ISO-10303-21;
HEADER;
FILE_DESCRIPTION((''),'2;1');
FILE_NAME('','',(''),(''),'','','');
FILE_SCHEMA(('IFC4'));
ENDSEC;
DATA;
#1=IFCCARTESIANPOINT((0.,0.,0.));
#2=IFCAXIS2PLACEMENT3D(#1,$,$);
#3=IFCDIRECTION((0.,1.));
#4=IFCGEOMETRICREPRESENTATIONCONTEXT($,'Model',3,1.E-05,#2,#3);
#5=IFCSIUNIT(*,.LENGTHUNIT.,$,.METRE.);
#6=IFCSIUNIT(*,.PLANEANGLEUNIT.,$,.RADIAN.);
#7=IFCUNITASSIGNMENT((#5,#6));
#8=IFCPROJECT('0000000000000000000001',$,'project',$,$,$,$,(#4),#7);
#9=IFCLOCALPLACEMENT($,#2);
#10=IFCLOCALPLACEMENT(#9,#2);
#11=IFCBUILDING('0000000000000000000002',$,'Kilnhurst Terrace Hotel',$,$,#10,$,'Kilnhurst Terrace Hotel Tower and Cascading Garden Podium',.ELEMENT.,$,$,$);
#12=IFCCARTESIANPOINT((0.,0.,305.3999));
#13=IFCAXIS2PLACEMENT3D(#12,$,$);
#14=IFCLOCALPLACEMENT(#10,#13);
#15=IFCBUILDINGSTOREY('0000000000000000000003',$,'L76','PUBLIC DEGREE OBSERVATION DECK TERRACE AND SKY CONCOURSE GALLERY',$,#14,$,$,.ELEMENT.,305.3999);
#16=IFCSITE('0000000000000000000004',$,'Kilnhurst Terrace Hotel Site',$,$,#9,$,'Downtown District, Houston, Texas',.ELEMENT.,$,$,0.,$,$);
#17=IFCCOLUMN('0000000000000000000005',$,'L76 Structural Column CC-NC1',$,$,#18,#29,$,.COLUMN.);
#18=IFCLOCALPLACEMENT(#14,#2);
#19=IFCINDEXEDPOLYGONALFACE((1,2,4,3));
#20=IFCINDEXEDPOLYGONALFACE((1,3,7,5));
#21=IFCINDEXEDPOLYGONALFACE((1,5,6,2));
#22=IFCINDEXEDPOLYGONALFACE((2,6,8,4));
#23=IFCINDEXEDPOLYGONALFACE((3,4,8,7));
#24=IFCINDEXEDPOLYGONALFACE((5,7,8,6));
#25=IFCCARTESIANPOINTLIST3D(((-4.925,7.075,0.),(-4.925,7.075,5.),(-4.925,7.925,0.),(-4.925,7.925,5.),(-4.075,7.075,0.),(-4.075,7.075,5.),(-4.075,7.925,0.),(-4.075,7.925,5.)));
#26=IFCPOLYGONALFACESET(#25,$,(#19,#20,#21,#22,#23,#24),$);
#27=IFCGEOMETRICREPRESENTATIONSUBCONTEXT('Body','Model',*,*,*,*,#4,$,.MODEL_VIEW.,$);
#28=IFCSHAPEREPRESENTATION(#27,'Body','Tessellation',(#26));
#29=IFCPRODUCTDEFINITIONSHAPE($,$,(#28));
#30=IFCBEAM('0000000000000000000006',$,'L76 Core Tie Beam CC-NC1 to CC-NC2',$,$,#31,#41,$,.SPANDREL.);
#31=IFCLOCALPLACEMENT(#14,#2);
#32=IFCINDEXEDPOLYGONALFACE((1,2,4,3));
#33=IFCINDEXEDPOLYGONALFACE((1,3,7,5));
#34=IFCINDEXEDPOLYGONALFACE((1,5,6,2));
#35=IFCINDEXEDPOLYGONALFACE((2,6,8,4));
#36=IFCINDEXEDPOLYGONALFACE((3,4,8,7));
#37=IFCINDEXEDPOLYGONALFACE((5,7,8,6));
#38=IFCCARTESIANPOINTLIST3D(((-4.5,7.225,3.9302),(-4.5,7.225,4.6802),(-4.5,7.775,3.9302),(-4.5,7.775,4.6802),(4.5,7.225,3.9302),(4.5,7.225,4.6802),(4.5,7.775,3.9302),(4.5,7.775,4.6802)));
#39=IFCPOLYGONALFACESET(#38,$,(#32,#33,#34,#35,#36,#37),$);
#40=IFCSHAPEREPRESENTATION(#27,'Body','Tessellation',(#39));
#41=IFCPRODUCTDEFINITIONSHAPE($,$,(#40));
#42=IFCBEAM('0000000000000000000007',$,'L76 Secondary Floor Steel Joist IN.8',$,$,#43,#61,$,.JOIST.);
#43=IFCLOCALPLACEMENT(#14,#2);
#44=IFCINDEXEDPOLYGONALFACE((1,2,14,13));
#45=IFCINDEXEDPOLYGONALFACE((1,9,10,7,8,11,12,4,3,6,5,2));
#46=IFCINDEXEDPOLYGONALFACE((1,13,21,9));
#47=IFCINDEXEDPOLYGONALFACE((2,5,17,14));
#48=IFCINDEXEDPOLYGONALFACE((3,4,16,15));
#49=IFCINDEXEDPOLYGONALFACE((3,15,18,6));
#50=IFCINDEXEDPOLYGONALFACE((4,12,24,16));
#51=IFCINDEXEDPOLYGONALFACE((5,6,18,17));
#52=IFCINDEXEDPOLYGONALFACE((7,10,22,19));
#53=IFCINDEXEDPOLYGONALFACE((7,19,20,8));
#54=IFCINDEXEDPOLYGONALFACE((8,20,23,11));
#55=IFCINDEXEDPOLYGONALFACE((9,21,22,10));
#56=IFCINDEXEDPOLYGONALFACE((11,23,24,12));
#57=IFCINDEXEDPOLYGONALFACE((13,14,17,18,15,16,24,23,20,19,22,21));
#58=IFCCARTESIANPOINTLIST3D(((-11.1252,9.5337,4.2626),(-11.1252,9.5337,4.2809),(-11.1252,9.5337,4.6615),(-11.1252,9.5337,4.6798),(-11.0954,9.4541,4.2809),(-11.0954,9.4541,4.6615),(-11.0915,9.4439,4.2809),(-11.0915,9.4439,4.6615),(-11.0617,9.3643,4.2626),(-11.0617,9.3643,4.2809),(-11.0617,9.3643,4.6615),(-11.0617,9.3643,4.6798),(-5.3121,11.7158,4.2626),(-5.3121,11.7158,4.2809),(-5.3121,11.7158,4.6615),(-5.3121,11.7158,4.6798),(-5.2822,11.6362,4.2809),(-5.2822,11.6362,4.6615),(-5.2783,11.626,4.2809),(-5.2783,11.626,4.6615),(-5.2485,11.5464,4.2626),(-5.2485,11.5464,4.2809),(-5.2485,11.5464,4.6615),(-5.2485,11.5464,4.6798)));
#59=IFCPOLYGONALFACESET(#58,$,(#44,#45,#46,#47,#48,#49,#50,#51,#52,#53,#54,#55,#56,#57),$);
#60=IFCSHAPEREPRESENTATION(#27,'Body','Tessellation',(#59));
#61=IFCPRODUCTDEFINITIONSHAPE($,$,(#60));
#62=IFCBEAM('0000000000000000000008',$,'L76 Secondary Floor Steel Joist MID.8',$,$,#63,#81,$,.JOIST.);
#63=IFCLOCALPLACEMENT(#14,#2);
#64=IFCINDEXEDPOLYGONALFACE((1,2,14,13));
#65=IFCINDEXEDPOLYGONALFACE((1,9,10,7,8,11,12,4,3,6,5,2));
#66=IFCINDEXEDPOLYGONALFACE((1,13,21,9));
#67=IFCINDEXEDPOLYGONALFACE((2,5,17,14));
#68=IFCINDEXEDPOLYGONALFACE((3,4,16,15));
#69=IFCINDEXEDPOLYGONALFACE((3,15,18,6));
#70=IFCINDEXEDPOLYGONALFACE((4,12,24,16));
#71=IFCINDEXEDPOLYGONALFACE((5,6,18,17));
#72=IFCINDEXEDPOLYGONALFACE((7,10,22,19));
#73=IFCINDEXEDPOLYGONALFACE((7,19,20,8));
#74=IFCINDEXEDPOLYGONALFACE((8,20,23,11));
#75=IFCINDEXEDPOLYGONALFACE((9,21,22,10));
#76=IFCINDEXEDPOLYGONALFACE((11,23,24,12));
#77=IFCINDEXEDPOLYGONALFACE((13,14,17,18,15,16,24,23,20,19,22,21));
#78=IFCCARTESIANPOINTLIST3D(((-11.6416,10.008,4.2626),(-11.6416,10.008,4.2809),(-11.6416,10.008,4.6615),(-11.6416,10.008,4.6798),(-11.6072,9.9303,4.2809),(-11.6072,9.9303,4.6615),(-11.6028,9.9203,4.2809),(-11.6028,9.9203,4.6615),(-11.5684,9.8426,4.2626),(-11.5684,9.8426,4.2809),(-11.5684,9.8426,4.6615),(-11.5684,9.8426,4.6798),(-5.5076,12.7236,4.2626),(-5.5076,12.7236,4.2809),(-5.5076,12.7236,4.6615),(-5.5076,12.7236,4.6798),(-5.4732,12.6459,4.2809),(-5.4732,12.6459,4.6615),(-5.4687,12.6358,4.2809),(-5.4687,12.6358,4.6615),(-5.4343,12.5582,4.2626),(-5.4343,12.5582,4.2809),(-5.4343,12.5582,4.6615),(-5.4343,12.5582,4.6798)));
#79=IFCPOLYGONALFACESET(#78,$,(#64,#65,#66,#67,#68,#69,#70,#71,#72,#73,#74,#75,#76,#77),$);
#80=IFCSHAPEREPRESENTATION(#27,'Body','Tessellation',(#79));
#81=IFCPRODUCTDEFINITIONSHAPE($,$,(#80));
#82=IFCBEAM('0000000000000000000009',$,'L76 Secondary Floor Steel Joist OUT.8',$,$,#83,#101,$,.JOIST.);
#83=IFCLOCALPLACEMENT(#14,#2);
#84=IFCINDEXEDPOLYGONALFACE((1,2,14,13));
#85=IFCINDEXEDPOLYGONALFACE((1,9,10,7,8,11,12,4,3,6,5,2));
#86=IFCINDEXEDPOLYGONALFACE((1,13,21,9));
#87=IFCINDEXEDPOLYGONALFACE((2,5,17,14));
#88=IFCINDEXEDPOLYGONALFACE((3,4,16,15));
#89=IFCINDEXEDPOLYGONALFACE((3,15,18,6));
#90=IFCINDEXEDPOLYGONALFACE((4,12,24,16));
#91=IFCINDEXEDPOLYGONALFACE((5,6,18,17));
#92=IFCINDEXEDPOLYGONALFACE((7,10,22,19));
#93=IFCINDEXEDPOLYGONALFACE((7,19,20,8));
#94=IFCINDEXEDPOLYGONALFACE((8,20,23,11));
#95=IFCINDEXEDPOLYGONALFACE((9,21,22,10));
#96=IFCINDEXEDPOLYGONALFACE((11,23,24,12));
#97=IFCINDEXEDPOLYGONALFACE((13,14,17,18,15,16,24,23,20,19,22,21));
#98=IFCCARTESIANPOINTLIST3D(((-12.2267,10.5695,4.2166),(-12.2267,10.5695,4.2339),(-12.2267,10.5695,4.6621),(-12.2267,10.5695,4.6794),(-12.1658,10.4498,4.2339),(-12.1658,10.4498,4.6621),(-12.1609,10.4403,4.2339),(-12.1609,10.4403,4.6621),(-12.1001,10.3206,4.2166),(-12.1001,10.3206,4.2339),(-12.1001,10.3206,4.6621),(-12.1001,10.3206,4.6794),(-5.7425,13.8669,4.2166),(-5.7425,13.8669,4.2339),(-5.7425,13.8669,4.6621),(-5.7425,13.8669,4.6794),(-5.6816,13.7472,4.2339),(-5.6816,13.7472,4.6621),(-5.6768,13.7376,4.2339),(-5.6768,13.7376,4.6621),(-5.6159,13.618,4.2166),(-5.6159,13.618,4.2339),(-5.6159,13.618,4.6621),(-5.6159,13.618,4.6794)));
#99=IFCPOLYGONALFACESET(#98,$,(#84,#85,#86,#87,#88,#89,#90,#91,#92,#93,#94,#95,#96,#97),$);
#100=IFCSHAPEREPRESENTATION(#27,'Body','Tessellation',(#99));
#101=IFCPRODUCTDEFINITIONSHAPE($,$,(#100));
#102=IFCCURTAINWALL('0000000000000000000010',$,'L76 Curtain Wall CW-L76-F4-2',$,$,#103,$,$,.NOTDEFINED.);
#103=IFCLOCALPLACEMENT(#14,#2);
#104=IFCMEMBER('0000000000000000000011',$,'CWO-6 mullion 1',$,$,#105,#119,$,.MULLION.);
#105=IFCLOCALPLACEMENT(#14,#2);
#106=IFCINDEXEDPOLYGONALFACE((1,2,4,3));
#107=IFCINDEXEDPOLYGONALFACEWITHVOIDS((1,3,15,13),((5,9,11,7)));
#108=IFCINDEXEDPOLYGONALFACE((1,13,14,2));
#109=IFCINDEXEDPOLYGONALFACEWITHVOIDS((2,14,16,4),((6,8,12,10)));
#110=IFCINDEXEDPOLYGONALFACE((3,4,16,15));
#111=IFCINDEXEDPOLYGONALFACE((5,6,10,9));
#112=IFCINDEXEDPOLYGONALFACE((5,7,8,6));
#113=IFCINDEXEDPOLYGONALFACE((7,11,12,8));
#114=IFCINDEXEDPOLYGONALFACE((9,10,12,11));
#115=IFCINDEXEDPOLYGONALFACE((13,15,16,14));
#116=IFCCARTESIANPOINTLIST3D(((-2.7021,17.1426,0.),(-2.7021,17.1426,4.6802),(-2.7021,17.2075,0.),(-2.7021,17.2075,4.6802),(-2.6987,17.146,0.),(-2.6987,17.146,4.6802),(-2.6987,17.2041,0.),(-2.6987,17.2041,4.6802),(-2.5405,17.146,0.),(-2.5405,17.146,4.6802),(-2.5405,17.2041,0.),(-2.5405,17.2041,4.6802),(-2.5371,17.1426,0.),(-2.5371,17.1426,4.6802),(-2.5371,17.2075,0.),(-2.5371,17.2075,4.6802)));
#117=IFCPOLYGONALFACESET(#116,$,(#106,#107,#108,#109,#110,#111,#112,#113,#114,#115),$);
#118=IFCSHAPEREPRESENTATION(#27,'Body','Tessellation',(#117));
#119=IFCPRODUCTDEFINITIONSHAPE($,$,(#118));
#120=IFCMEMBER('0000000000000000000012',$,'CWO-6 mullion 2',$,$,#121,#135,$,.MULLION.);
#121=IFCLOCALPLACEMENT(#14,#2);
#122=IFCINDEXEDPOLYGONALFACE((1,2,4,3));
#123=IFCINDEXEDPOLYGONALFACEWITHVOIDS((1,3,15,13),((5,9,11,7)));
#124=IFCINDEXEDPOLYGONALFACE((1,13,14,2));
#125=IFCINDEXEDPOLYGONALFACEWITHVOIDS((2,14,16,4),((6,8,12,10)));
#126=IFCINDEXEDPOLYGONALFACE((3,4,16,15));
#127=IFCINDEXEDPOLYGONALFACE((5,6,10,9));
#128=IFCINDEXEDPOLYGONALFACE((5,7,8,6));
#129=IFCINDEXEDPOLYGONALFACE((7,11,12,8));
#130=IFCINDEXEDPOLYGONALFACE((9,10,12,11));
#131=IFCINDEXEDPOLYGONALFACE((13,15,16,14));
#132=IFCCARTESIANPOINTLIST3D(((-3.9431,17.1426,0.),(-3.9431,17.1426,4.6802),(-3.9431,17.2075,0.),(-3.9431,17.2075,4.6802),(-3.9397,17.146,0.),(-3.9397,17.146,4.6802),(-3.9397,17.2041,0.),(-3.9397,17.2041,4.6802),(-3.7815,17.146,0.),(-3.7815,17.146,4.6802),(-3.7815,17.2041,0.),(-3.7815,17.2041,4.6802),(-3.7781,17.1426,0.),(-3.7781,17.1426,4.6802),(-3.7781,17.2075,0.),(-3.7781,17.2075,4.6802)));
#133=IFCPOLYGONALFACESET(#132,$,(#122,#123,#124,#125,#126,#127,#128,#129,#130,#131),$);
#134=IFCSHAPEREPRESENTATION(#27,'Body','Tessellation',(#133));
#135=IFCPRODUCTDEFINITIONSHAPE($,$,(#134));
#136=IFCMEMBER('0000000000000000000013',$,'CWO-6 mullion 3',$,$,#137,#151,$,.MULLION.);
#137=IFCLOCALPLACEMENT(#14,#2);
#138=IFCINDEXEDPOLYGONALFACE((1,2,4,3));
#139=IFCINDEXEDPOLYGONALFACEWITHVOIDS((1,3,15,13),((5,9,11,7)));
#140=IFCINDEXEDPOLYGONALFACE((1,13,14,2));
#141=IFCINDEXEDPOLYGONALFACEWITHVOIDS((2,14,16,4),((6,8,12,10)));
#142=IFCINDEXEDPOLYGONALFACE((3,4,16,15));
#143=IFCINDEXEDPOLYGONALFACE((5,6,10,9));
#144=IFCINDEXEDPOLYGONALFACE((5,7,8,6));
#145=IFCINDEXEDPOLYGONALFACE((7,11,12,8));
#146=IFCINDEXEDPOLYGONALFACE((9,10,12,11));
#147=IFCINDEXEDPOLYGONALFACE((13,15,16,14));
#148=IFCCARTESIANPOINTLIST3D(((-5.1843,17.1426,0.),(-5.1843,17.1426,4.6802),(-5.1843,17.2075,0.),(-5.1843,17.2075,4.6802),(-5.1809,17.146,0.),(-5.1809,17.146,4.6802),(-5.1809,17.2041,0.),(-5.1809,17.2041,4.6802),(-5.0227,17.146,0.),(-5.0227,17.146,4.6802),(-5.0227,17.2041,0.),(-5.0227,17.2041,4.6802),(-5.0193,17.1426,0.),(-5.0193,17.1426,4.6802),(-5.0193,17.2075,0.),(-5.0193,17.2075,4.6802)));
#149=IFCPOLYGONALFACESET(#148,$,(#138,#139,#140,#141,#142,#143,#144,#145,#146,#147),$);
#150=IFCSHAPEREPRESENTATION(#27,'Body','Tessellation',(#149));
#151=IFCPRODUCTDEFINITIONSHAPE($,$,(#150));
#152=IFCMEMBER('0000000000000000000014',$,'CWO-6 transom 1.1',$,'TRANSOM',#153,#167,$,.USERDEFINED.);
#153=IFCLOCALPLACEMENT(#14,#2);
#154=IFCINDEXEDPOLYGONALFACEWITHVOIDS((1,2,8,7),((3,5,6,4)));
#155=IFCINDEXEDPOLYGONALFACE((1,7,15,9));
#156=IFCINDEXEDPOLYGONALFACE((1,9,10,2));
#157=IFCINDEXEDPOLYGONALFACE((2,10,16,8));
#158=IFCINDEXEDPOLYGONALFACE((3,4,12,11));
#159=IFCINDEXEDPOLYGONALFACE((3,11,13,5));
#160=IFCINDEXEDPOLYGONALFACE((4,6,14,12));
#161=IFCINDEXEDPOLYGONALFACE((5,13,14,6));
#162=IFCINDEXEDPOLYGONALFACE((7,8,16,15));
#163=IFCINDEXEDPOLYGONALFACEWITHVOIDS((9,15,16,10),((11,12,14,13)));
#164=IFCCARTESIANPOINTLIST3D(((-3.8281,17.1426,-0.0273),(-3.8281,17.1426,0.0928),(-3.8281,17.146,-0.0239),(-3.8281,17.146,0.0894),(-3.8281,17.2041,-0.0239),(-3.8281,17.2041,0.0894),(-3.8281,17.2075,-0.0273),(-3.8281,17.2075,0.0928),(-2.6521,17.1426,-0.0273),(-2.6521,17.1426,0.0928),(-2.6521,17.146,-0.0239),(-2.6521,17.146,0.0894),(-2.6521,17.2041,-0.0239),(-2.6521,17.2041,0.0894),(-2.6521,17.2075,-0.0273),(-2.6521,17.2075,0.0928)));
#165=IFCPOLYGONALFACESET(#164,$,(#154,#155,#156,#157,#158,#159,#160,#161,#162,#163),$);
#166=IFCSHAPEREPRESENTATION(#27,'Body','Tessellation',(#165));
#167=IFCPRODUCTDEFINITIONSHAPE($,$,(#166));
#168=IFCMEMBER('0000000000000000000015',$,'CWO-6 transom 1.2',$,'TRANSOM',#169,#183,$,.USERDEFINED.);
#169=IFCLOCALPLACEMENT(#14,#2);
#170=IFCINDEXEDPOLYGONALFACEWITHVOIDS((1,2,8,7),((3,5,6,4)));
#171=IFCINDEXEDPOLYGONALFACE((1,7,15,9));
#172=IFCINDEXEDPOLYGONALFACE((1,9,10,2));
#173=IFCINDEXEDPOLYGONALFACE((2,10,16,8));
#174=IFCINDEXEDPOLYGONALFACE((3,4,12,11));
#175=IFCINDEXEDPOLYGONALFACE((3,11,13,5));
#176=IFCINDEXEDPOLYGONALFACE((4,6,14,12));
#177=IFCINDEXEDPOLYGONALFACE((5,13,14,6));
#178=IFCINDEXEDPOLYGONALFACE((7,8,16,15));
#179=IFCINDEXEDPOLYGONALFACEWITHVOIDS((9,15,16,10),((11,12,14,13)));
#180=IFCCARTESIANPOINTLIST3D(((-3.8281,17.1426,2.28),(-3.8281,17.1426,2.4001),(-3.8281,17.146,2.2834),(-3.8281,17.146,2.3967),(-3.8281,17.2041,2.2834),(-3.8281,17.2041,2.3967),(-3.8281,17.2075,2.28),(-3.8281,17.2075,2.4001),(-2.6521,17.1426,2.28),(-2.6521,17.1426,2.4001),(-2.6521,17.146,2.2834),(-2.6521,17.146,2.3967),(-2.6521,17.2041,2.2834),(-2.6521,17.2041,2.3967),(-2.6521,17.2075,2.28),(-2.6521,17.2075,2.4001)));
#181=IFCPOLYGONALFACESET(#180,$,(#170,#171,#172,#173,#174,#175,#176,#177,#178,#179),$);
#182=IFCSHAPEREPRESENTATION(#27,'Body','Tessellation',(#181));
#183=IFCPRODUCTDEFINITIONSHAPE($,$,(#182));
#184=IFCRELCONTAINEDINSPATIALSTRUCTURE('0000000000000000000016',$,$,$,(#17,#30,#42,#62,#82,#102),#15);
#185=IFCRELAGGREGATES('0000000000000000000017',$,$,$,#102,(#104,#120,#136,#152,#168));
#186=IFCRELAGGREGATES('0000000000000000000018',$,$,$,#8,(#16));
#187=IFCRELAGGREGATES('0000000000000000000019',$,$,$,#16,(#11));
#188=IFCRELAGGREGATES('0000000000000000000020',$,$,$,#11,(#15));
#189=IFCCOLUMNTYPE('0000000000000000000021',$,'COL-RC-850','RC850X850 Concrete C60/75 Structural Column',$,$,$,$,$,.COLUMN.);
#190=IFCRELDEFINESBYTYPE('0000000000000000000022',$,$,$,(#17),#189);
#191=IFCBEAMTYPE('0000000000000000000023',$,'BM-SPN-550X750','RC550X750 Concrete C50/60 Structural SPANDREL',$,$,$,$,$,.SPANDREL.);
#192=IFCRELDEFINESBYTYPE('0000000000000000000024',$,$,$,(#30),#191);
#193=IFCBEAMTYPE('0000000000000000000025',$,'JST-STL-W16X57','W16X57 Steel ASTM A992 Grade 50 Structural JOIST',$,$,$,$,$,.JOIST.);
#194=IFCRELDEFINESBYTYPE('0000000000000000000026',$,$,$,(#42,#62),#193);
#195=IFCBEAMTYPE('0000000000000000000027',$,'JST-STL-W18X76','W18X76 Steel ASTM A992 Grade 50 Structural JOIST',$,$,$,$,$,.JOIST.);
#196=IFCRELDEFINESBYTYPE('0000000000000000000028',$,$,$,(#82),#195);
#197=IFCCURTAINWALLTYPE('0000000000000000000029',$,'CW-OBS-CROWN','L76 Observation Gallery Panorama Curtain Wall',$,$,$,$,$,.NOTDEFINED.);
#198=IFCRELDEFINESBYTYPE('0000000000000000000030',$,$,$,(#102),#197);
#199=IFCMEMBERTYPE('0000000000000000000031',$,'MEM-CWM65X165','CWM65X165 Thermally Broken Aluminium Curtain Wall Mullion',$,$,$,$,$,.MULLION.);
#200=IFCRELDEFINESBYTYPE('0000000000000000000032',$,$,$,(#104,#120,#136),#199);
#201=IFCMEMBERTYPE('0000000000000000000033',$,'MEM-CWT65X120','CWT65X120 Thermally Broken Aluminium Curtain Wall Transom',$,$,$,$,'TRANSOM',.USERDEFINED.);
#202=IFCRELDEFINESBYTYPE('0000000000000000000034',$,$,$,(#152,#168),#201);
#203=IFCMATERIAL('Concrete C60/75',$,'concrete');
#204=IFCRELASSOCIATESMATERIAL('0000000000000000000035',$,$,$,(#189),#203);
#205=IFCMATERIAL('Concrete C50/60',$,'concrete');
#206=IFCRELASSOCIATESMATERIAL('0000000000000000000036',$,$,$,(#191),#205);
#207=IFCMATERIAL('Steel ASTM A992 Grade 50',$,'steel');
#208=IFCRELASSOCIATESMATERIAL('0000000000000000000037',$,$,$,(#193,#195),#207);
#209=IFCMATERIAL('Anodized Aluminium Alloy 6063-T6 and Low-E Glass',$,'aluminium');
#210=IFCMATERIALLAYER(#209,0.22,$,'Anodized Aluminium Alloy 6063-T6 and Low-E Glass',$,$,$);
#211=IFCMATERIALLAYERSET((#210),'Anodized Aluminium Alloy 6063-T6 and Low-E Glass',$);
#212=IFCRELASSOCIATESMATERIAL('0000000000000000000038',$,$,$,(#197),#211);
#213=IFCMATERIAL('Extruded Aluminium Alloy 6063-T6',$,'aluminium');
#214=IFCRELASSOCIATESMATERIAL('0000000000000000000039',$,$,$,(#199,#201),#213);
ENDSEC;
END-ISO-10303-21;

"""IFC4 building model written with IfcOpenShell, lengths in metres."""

from ifc_helpers import new_model, si_unit, direction, frame, origin, origin_2d, place, context, subcontext, project, spatial, rectangle, hollow_rectangle, i_section, extrude, material, layer, layer_set, material_profile, profile_set, type_object, element, aggregate, save


model = new_model("IFC4")

# Units and contexts
model_context = context("Model", 3, precision=1e-05, world=origin(), true_north=direction((0.0, 1.0)))
body_context = subcontext(model_context, "Body", "Model", "MODEL_VIEW")
ifc_project = project(units=[si_unit("LENGTHUNIT", "METRE"), si_unit("PLANEANGLEUNIT", "RADIAN")], contexts=[model_context])

# Site, building, storey
site_placement = place(None, origin())
site = spatial("IfcSite", under=ifc_project, at=site_placement, Name="Kilnhurst Terrace Hotel Site", LongName="Downtown District, Houston, Texas", CompositionType="ELEMENT", RefElevation=0.0)
building_placement = place(site_placement, origin())
building = spatial("IfcBuilding", under=site, at=building_placement, Name="Kilnhurst Terrace Hotel", LongName="Kilnhurst Terrace Hotel Tower and Cascading Garden Podium", CompositionType="ELEMENT")
storey_placement = place(building_placement, frame((0.0, 0.0, 305.3999)))
storey = spatial("IfcBuildingStorey", under=building, at=storey_placement, Name="L76", Description="PUBLIC DEGREE OBSERVATION DECK TERRACE AND SKY CONCOURSE GALLERY", CompositionType="ELEMENT", Elevation=305.3999)

# Column
ifc_material_1 = material(Name="Concrete C60/75", Category="concrete")
ifc_material_profile_1 = material_profile(ifc_material_1, rectangle(XDim=0.8501, YDim=0.8501, at=origin_2d()), Name="RC850X850")
ifc_profile_set_1 = profile_set([ifc_material_profile_1], Name="Concrete C60/75")
column_type = type_object("IfcColumnType", Name="COL-RC-850", Description="RC850X850 Concrete C60/75 Structural Column", PredefinedType="COLUMN", material=ifc_profile_set_1)
column_placement = place(storey_placement, frame((-4.5, 7.5, 0.0), z_axis=(0.0, 0.0, 1.0), x_axis=(1.0, 0.0, 0.0)))
element("IfcColumn", 1, at=column_placement, inside=storey, type_object=column_type, Name="L76 Structural Column CC-NC1", PredefinedType="COLUMN", context=body_context, shape_type="SweptSolid", body=[
    extrude(rectangle(XDim=0.8501, YDim=0.8501, at=origin_2d()), origin(), (0.0, 0.0, 1.0), 5.0),
])

# Beams
ifc_material_2 = material(Name="Concrete C50/60", Category="concrete")
ifc_material_profile_2 = material_profile(ifc_material_2, rectangle(XDim=0.55, YDim=0.75, at=origin_2d()), Name="RC550X750")
ifc_profile_set_2 = profile_set([ifc_material_profile_2], Name="Concrete C50/60")
beam_type_1 = type_object("IfcBeamType", Name="BM-SPN-550X750", Description="RC550X750 Concrete C50/60 Structural SPANDREL", PredefinedType="SPANDREL", material=ifc_profile_set_2)
beam_1_placement = place(storey_placement, frame((-4.5, 7.5, 4.3052), z_axis=(1.0, 0.0, 0.0), x_axis=(0.0, 1.0, 0.0)))
element("IfcBeam", 2, at=beam_1_placement, inside=storey, type_object=beam_type_1, Name="L76 Core Tie Beam CC-NC1 to CC-NC2", PredefinedType="SPANDREL", context=body_context, shape_type="SweptSolid", body=[
    extrude(rectangle(XDim=0.55, YDim=0.75, at=origin_2d()), origin(), (0.0, 0.0, 1.0), 9.0),
])
ifc_material_3 = material(Name="Steel ASTM A992 Grade 50", Category="steel")
ifc_material_profile_3 = material_profile(ifc_material_3, i_section(OverallWidth=0.1809, OverallDepth=0.4172, WebThickness=0.011, FlangeThickness=0.0183, at=origin_2d()), Name="W16X57")
ifc_profile_set_3 = profile_set([ifc_material_profile_3], Name="Steel ASTM A992 Grade 50")
beam_type_2 = type_object("IfcBeamType", Name="JST-STL-W16X57", Description="W16X57 Steel ASTM A992 Grade 50 Structural JOIST", PredefinedType="JOIST", material=ifc_profile_set_3)
beam_2_placement = place(storey_placement, frame((-5.2803, 11.6311, 4.4712), z_axis=(-0.936214, -0.351429, 0.0), x_axis=(0.351429, -0.936214, 0.0)))
element("IfcBeam", 3, at=beam_2_placement, inside=storey, type_object=beam_type_2, Name="L76 Secondary Floor Steel Joist IN.8", PredefinedType="JOIST", context=body_context, shape_type="SweptSolid", body=[
    extrude(i_section(OverallWidth=0.1809, OverallDepth=0.4172, WebThickness=0.011, FlangeThickness=0.0183, at=origin_2d()), origin(), (0.0, 0.0, 1.0), 6.2092),
])
beam_3_placement = place(storey_placement, frame((-5.4709, 12.6409, 4.4712), z_axis=(-0.9144, -0.404811, 0.0), x_axis=(0.404811, -0.9144, 0.0)))
element("IfcBeam", 4, at=beam_3_placement, inside=storey, type_object=beam_type_2, Name="L76 Secondary Floor Steel Joist MID.8", PredefinedType="JOIST", context=body_context, shape_type="SweptSolid", body=[
    extrude(i_section(OverallWidth=0.1809, OverallDepth=0.4172, WebThickness=0.011, FlangeThickness=0.0183, at=origin_2d()), origin(), (0.0, 0.0, 1.0), 6.7083),
])
ifc_material_profile_4 = material_profile(ifc_material_3, i_section(OverallWidth=0.2793, OverallDepth=0.4629, WebThickness=0.0107, FlangeThickness=0.0173, at=origin_2d()), Name="W18X76")
ifc_profile_set_4 = profile_set([ifc_material_profile_4], Name="Steel ASTM A992 Grade 50")
beam_type_3 = type_object("IfcBeamType", Name="JST-STL-W18X76", Description="W18X76 Steel ASTM A992 Grade 50 Structural JOIST", PredefinedType="JOIST", material=ifc_profile_set_4)
beam_4_placement = place(storey_placement, frame((-5.6792, 13.7424, 4.448), z_axis=(-0.891366, -0.453285, 0.0), x_axis=(0.453285, -0.891366, 0.0)))
element("IfcBeam", 5, at=beam_4_placement, inside=storey, type_object=beam_type_3, Name="L76 Secondary Floor Steel Joist OUT.8", PredefinedType="JOIST", context=body_context, shape_type="SweptSolid", body=[
    extrude(i_section(OverallWidth=0.2793, OverallDepth=0.4629, WebThickness=0.0107, FlangeThickness=0.0173, at=origin_2d()), origin(), (0.0, 0.0, 1.0), 7.2744),
])

# Curtain wall, members
ifc_material_4 = material(Name="Anodized Aluminium Alloy 6063-T6 and Low-E Glass", Category="aluminium")
ifc_layer_1 = layer(ifc_material_4, 0.22, Name="Anodized Aluminium Alloy 6063-T6 and Low-E Glass")
ifc_layer_set_1 = layer_set([ifc_layer_1], Name="Anodized Aluminium Alloy 6063-T6 and Low-E Glass")
curtain_wall_type = type_object("IfcCurtainWallType", Name="CW-OBS-CROWN", Description="L76 Observation Gallery Panorama Curtain Wall", PredefinedType="NOTDEFINED", material=ifc_layer_set_1)
curtain_wall_placement = place(storey_placement, origin())
curtain_wall = element("IfcCurtainWall", 6, at=curtain_wall_placement, inside=storey, type_object=curtain_wall_type, Name="L76 Curtain Wall CW-L76-F4-2", PredefinedType="NOTDEFINED")
ifc_material_5 = material(Name="Extruded Aluminium Alloy 6063-T6", Category="aluminium")
ifc_material_profile_5 = material_profile(ifc_material_5, hollow_rectangle(XDim=0.0649, YDim=0.165, WallThickness=0.0034, at=origin_2d()), Name="CWM65X165")
ifc_profile_set_5 = profile_set([ifc_material_profile_5], Name="Extruded Aluminium Alloy 6063-T6")
member_type_1 = type_object("IfcMemberType", Name="MEM-CWM65X165", Description="CWM65X165 Thermally Broken Aluminium Curtain Wall Mullion", PredefinedType="MULLION", material=ifc_profile_set_5)
member_1_placement = place(storey_placement, frame((-2.6196, 17.175, 0.0), z_axis=(0.0, 0.0, 1.0), x_axis=(0.0, -1.0, 0.0)))
member_1 = element("IfcMember", 7, at=member_1_placement, type_object=member_type_1, Name="CWO-6 mullion 1", PredefinedType="MULLION", context=body_context, shape_type="SweptSolid", body=[
    extrude(hollow_rectangle(XDim=0.0649, YDim=0.165, WallThickness=0.0034, at=origin_2d()), origin(), (0.0, 0.0, 1.0), 4.6802),
])
member_2_placement = place(storey_placement, frame((-3.8606, 17.175, 0.0), z_axis=(0.0, 0.0, 1.0), x_axis=(0.0, -1.0, 0.0)))
member_2 = element("IfcMember", 8, at=member_2_placement, type_object=member_type_1, Name="CWO-6 mullion 2", PredefinedType="MULLION", context=body_context, shape_type="SweptSolid", body=[
    extrude(hollow_rectangle(XDim=0.0649, YDim=0.165, WallThickness=0.0034, at=origin_2d()), origin(), (0.0, 0.0, 1.0), 4.6802),
])
member_3_placement = place(storey_placement, frame((-5.1018, 17.175, 0.0), z_axis=(0.0, 0.0, 1.0), x_axis=(0.0, -1.0, 0.0)))
member_3 = element("IfcMember", 9, at=member_3_placement, type_object=member_type_1, Name="CWO-6 mullion 3", PredefinedType="MULLION", context=body_context, shape_type="SweptSolid", body=[
    extrude(hollow_rectangle(XDim=0.0649, YDim=0.165, WallThickness=0.0034, at=origin_2d()), origin(), (0.0, 0.0, 1.0), 4.6802),
])
ifc_material_profile_6 = material_profile(ifc_material_5, hollow_rectangle(XDim=0.0649, YDim=0.1201, WallThickness=0.0034, at=origin_2d()), Name="CWT65X120")
ifc_profile_set_6 = profile_set([ifc_material_profile_6], Name="Extruded Aluminium Alloy 6063-T6")
member_type_2 = type_object("IfcMemberType", Name="MEM-CWT65X120", Description="CWT65X120 Thermally Broken Aluminium Curtain Wall Transom", ElementType="TRANSOM", PredefinedType="USERDEFINED", material=ifc_profile_set_6)
member_4_placement = place(storey_placement, frame((-2.6521, 17.175, 0.0327), z_axis=(-1.0, 0.0, 0.0), x_axis=(0.0, -1.0, 0.0)))
member_4 = element("IfcMember", 10, at=member_4_placement, type_object=member_type_2, Name="CWO-6 transom 1.1", ObjectType="TRANSOM", PredefinedType="USERDEFINED", context=body_context, shape_type="SweptSolid", body=[
    extrude(hollow_rectangle(XDim=0.0649, YDim=0.1201, WallThickness=0.0034, at=origin_2d()), origin(), (0.0, 0.0, 1.0), 1.176),
])
member_5_placement = place(storey_placement, frame((-2.6521, 17.175, 2.3401), z_axis=(-1.0, 0.0, 0.0), x_axis=(0.0, -1.0, 0.0)))
member_5 = element("IfcMember", 11, at=member_5_placement, type_object=member_type_2, Name="CWO-6 transom 1.2", ObjectType="TRANSOM", PredefinedType="USERDEFINED", context=body_context, shape_type="SweptSolid", body=[
    extrude(hollow_rectangle(XDim=0.0649, YDim=0.1201, WallThickness=0.0034, at=origin_2d()), origin(), (0.0, 0.0, 1.0), 1.176),
])

aggregate(curtain_wall, [member_1, member_2, member_3, member_4, member_5])

save(model, "model.ifc")
